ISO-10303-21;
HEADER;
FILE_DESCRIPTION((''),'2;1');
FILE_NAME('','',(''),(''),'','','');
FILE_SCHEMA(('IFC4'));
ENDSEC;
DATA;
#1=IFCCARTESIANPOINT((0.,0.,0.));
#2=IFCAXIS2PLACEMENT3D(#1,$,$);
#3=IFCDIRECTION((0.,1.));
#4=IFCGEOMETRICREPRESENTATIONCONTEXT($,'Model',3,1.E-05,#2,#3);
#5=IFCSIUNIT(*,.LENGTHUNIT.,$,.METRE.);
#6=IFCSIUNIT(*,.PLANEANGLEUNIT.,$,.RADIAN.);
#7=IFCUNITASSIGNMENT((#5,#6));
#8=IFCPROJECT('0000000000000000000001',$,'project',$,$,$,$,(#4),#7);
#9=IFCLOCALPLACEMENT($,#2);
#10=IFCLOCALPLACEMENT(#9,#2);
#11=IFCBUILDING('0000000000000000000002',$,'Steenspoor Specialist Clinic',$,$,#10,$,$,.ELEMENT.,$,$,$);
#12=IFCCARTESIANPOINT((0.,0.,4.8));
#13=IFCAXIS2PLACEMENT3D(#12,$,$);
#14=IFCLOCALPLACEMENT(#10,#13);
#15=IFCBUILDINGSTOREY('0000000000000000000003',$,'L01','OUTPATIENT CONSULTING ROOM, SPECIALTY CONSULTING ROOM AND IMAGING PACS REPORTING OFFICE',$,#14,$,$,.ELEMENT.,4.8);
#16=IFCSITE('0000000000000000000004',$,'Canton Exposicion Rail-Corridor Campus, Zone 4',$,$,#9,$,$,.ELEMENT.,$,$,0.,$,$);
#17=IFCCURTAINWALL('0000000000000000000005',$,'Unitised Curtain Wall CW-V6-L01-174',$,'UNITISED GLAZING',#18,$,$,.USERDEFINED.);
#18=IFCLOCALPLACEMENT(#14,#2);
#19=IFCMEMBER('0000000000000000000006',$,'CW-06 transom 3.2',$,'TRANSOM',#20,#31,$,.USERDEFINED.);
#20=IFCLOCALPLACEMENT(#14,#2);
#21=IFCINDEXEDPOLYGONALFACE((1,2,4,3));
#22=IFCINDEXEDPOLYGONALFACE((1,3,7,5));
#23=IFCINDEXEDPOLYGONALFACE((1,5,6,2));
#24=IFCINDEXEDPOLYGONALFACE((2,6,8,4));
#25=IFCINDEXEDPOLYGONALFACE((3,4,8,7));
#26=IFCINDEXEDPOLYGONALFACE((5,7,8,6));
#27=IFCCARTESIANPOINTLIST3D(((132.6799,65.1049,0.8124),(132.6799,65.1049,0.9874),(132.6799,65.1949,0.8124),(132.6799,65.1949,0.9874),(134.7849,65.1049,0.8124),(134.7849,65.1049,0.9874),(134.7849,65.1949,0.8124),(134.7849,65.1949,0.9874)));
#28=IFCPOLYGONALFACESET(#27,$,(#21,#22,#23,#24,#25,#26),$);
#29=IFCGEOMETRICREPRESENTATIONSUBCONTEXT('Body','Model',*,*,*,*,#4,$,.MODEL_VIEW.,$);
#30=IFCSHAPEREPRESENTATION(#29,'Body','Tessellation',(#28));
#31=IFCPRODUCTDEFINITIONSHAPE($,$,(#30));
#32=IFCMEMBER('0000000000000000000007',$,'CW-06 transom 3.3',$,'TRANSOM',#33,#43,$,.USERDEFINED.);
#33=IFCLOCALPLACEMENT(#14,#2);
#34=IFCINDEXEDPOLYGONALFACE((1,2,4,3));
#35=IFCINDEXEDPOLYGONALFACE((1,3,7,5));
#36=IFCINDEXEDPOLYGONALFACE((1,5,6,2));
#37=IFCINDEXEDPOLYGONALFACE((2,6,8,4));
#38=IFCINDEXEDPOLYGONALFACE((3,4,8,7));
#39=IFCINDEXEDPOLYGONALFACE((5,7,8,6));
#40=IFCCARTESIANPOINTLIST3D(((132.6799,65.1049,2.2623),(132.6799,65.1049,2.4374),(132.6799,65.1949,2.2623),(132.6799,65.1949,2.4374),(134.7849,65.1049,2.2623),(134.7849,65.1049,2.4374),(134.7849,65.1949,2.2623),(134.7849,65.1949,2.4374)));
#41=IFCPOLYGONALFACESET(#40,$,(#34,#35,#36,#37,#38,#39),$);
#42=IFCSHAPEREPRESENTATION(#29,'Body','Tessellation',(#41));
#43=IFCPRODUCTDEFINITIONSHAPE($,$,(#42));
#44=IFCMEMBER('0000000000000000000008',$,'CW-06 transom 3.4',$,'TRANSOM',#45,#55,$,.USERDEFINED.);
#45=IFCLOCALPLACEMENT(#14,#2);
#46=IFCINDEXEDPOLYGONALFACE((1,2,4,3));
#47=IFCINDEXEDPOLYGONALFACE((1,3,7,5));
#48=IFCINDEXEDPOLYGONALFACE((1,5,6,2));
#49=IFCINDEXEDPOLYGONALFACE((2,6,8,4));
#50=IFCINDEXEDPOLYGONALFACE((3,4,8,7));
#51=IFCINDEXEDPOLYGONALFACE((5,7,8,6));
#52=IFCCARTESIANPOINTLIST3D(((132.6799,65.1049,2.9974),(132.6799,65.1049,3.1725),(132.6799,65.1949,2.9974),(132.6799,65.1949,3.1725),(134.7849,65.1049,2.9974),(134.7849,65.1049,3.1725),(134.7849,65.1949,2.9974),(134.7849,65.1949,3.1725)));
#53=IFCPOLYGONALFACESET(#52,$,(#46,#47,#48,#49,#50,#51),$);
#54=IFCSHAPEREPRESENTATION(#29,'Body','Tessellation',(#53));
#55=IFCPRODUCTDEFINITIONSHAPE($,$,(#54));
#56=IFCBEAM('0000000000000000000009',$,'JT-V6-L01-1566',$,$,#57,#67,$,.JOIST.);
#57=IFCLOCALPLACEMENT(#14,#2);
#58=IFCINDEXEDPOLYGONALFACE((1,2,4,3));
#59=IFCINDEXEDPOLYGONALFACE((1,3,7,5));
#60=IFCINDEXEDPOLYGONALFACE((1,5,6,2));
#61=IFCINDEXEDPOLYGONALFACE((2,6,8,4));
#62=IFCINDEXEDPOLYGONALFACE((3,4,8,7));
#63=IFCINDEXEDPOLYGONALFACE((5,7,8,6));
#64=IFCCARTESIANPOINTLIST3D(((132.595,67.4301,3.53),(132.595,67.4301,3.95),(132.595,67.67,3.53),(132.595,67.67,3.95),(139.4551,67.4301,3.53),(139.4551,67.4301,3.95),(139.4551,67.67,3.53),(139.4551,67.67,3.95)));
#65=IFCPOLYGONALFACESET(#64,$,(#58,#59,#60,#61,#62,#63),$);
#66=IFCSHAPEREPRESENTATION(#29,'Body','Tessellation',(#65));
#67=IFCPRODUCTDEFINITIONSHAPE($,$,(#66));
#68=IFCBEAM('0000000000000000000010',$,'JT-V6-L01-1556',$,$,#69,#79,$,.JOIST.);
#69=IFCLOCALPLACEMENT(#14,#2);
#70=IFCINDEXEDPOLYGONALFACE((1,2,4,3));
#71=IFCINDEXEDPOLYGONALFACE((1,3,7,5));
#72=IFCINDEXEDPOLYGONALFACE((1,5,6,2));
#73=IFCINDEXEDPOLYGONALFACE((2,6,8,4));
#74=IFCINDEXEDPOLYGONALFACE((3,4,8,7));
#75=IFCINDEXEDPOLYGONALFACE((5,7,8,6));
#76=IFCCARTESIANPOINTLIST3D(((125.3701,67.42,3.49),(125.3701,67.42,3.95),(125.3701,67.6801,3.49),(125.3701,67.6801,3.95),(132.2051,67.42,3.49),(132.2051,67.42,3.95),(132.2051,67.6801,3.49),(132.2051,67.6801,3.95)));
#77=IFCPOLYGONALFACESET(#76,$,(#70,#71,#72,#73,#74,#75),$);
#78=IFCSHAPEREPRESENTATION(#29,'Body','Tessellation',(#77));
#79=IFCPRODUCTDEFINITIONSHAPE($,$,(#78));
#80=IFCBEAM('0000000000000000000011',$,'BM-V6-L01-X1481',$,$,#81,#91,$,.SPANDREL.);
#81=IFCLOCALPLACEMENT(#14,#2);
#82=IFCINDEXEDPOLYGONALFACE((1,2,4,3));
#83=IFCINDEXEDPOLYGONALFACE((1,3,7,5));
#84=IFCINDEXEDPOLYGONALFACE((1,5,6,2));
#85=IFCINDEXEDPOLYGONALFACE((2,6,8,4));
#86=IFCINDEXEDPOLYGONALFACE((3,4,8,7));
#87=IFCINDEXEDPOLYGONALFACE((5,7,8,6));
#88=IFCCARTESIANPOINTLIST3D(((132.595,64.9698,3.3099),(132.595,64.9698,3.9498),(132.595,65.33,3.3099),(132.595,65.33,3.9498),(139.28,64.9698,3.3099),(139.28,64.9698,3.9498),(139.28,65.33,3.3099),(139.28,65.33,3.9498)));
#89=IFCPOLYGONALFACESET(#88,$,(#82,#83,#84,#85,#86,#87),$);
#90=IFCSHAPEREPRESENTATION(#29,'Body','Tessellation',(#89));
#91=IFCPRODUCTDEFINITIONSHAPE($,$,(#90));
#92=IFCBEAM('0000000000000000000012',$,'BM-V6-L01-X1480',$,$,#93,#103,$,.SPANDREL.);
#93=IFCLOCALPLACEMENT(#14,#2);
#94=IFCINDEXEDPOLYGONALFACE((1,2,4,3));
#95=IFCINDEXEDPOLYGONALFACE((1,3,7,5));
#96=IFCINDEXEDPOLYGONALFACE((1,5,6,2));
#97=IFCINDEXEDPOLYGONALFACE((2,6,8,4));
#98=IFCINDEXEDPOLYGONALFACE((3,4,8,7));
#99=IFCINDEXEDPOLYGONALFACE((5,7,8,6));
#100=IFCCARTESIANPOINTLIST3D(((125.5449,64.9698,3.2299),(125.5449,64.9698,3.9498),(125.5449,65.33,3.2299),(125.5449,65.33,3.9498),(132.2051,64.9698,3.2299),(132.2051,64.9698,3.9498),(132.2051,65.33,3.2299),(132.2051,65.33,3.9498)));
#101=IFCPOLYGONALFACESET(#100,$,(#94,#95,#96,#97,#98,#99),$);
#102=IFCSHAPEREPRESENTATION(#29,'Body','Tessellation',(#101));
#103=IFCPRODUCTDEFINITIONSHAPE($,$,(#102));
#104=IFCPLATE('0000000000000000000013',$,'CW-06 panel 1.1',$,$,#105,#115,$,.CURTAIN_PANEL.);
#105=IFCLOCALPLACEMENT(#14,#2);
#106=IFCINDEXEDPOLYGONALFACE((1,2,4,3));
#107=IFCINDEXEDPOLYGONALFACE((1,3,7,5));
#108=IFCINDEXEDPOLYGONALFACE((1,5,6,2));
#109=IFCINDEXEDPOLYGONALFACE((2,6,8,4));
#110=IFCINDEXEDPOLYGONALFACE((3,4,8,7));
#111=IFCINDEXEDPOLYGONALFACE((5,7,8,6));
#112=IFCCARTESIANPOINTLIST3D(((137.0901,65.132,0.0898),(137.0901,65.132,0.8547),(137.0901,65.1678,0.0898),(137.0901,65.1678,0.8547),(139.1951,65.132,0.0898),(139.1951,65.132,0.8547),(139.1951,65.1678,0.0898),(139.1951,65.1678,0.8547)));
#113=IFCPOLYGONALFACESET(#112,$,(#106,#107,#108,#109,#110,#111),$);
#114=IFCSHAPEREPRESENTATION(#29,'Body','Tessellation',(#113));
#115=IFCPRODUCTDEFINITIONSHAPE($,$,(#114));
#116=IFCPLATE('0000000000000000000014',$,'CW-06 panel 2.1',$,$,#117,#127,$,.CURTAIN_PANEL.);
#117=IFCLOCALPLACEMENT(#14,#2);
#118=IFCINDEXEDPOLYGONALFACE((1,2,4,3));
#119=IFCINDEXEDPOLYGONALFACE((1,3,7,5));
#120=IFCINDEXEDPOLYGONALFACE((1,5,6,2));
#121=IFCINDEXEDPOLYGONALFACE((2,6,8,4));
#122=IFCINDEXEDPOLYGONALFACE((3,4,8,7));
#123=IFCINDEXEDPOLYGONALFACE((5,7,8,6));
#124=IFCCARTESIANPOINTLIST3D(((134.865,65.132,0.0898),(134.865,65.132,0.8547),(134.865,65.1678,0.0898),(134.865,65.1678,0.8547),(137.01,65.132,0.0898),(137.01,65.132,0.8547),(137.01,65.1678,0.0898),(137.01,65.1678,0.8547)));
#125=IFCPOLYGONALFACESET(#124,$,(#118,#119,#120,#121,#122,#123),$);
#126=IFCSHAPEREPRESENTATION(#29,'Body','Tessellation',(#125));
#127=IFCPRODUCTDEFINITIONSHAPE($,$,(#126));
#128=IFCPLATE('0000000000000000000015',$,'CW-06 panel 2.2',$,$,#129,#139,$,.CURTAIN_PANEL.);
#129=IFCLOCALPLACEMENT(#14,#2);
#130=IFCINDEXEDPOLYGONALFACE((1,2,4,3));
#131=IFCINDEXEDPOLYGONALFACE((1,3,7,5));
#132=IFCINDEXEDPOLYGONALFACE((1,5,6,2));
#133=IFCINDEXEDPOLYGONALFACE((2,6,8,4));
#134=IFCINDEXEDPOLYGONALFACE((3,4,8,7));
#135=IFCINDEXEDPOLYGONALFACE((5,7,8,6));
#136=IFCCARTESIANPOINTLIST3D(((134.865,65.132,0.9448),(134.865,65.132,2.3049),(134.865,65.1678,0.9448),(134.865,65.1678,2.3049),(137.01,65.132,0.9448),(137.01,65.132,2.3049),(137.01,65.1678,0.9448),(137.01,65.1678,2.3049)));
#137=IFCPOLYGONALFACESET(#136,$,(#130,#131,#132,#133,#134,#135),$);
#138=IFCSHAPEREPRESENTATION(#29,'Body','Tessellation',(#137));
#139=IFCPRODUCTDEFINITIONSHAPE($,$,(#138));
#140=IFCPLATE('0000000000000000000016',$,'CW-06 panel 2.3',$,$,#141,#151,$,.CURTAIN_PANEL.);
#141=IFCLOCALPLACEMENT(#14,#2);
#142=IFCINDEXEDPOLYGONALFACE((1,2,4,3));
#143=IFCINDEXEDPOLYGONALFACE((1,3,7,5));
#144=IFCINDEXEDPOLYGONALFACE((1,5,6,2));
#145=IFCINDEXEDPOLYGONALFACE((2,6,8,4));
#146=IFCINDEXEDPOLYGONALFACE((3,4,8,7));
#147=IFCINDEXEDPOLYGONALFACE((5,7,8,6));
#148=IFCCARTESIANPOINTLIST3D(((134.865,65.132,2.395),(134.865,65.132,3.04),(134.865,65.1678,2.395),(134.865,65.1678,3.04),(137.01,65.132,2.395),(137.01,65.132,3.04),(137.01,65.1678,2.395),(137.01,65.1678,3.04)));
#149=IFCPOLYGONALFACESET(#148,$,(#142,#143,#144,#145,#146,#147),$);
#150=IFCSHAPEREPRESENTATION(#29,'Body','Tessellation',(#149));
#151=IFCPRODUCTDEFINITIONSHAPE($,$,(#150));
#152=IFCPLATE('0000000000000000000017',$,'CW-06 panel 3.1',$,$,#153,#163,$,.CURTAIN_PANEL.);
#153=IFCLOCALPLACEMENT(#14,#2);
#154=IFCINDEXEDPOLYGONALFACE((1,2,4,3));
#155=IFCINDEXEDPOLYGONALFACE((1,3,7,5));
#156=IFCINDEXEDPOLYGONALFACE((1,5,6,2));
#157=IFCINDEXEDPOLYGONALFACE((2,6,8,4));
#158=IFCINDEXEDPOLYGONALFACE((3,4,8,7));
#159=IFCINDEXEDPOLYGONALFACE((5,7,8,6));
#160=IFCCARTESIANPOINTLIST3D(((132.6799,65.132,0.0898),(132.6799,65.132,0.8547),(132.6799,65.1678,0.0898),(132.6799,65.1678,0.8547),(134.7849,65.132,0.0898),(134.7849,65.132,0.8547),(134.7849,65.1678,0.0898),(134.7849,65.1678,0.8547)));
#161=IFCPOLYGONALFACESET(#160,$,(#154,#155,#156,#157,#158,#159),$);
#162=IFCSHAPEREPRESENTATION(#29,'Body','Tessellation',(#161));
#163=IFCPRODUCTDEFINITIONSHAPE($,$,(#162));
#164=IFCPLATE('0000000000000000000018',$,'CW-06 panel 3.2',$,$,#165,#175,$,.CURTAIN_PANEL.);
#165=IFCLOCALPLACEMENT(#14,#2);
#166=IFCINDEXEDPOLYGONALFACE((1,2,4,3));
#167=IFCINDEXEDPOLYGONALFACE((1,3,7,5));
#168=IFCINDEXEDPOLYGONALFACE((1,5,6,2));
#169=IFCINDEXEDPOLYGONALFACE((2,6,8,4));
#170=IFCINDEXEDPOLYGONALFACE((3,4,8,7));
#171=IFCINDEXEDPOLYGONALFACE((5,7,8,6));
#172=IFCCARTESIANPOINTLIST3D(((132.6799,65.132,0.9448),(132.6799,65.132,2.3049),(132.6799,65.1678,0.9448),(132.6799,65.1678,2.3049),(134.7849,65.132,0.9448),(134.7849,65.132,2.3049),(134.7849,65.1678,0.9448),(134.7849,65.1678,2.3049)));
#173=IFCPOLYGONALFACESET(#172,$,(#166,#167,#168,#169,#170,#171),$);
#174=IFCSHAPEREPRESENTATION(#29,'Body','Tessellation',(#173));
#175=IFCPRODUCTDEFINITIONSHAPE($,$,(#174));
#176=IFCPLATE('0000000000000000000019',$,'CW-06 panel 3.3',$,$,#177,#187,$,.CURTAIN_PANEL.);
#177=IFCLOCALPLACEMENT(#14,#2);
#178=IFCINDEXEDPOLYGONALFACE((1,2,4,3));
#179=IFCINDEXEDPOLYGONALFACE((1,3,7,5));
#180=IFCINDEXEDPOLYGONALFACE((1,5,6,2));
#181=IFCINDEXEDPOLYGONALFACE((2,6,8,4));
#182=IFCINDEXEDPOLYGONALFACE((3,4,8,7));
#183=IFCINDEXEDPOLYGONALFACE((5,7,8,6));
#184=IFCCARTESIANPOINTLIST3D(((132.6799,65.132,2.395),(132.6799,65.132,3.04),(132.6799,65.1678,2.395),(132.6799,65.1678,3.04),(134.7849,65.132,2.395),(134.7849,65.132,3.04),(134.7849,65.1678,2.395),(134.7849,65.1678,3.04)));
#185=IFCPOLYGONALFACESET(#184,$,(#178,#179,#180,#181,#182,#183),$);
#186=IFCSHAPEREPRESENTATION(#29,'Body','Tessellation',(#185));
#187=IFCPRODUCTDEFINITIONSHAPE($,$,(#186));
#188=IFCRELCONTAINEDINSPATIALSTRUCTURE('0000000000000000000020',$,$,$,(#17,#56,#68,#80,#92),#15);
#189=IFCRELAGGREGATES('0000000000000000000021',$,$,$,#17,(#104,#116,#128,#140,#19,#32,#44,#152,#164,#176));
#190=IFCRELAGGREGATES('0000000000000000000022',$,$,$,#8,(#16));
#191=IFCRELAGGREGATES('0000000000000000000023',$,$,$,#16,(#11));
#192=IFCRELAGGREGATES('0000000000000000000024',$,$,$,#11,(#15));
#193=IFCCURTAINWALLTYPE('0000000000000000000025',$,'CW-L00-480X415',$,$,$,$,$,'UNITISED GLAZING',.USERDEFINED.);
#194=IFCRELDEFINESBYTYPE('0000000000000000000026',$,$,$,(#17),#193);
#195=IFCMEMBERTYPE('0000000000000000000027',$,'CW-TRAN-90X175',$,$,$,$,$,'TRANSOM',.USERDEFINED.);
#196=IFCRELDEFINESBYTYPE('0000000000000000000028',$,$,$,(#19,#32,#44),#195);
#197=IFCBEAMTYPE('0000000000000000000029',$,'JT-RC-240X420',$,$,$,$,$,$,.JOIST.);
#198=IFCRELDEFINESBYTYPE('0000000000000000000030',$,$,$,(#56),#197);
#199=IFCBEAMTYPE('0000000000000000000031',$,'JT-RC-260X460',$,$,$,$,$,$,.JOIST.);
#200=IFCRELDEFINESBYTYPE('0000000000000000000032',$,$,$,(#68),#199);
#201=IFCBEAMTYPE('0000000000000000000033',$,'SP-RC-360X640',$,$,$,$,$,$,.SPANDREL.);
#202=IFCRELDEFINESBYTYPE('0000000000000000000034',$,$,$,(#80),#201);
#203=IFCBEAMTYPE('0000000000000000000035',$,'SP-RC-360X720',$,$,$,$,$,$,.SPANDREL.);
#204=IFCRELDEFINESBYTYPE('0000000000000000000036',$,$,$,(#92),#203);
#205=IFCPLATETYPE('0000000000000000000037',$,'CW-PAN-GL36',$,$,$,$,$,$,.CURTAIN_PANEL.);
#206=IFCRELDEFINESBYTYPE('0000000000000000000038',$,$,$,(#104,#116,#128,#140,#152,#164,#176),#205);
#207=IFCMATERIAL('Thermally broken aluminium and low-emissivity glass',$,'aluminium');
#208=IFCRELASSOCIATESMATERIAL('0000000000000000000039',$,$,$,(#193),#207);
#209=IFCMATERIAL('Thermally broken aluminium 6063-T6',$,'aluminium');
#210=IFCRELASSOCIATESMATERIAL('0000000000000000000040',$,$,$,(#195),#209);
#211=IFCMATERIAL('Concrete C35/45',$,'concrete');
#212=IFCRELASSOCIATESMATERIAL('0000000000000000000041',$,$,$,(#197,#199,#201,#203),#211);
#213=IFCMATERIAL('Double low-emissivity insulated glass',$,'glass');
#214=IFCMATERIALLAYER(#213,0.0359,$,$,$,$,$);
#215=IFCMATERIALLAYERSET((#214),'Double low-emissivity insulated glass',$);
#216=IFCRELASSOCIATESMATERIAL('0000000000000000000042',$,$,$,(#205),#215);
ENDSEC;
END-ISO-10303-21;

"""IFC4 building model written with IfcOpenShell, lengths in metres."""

from ifc_helpers import new_model, si_unit, direction, frame, origin, origin_2d, place, context, subcontext, project, spatial, rectangle, extrude, material, layer, layer_set, material_profile, profile_set, type_object, element, aggregate, save


model = new_model("IFC4")

# Units and contexts
model_context = context("Model", 3, precision=1e-05, world=origin(), true_north=direction((0.0, 1.0)))
body_context = subcontext(model_context, "Body", "Model", "MODEL_VIEW")
ifc_project = project(units=[si_unit("LENGTHUNIT", "METRE"), si_unit("PLANEANGLEUNIT", "RADIAN")], contexts=[model_context])

# Site, building, storey
site_placement = place(None, origin())
site = spatial("IfcSite", under=ifc_project, at=site_placement, Name="Canton Exposicion Rail-Corridor Campus, Zone 4", CompositionType="ELEMENT", RefElevation=0.0)
building_placement = place(site_placement, origin())
building = spatial("IfcBuilding", under=site, at=building_placement, Name="Steenspoor Specialist Clinic", CompositionType="ELEMENT")
storey_placement = place(building_placement, frame((0.0, 0.0, 4.8)))
storey = spatial("IfcBuildingStorey", under=building, at=storey_placement, Name="L01", Description="OUTPATIENT CONSULTING ROOM, SPECIALTY CONSULTING ROOM AND IMAGING PACS REPORTING OFFICE", CompositionType="ELEMENT", Elevation=4.8)

# Shared definitions
ifc_material_1 = material(Name="Concrete C35/45", Category="concrete")

# Curtain wall, members
ifc_material_2 = material(Name="Thermally broken aluminium and low-emissivity glass", Category="aluminium")
curtain_wall_type = type_object("IfcCurtainWallType", Name="CW-L00-480X415", ElementType="UNITISED GLAZING", PredefinedType="USERDEFINED", material=ifc_material_2)
curtain_wall_placement = place(storey_placement, origin())
curtain_wall = element("IfcCurtainWall", 1, at=curtain_wall_placement, inside=storey, type_object=curtain_wall_type, Name="Unitised Curtain Wall CW-V6-L01-174", ObjectType="UNITISED GLAZING", PredefinedType="USERDEFINED")
ifc_material_3 = material(Name="Thermally broken aluminium 6063-T6", Category="aluminium")
ifc_material_profile_1 = material_profile(ifc_material_3, rectangle(XDim=0.0901, YDim=0.175, at=origin_2d()), Name="CWT-90X175")
ifc_profile_set_1 = profile_set([ifc_material_profile_1], Name="Thermally broken aluminium 6063-T6")
member_type_1 = type_object("IfcMemberType", Name="CW-TRAN-90X175", ElementType="TRANSOM", PredefinedType="USERDEFINED", material=ifc_profile_set_1)
member_1_placement = place(storey_placement, frame((134.7849, 65.1499, 0.8999), z_axis=(-1.0, 0.0, 0.0), x_axis=(0.0, -1.0, 0.0)))
member_1 = element("IfcMember", 2, at=member_1_placement, type_object=member_type_1, Name="CW-06 transom 3.2", ObjectType="TRANSOM", PredefinedType="USERDEFINED", context=body_context, shape_type="SweptSolid", body=[
    extrude(rectangle(XDim=0.0901, YDim=0.175, at=origin_2d()), origin(), (0.0, 0.0, 1.0), 2.105),
])
member_2_placement = place(storey_placement, frame((134.7849, 65.1499, 2.3499), z_axis=(-1.0, 0.0, 0.0), x_axis=(0.0, -1.0, 0.0)))
member_2 = element("IfcMember", 3, at=member_2_placement, type_object=member_type_1, Name="CW-06 transom 3.3", ObjectType="TRANSOM", PredefinedType="USERDEFINED", context=body_context, shape_type="SweptSolid", body=[
    extrude(rectangle(XDim=0.0901, YDim=0.175, at=origin_2d()), origin(), (0.0, 0.0, 1.0), 2.105),
])
member_3_placement = place(storey_placement, frame((134.7849, 65.1499, 3.085), z_axis=(-1.0, 0.0, 0.0), x_axis=(0.0, -1.0, 0.0)))
member_3 = element("IfcMember", 4, at=member_3_placement, type_object=member_type_1, Name="CW-06 transom 3.4", ObjectType="TRANSOM", PredefinedType="USERDEFINED", context=body_context, shape_type="SweptSolid", body=[
    extrude(rectangle(XDim=0.0901, YDim=0.175, at=origin_2d()), origin(), (0.0, 0.0, 1.0), 2.105),
])

# Beams
ifc_material_profile_2 = material_profile(ifc_material_1, rectangle(XDim=0.24, YDim=0.4199, at=origin_2d()), Name="RC-JT-240X420")
ifc_profile_set_2 = profile_set([ifc_material_profile_2], Name="Concrete C35/45")
beam_type_1 = type_object("IfcBeamType", Name="JT-RC-240X420", PredefinedType="JOIST", material=ifc_profile_set_2)
beam_1_placement = place(storey_placement, frame((132.595, 67.55, 3.74), z_axis=(1.0, 0.0, 0.0), x_axis=(0.0, 1.0, 0.0)))
element("IfcBeam", 5, at=beam_1_placement, inside=storey, type_object=beam_type_1, Name="JT-V6-L01-1566", PredefinedType="JOIST", context=body_context, shape_type="SweptSolid", body=[
    extrude(rectangle(XDim=0.24, YDim=0.4199, at=origin_2d()), origin(), (0.0, 0.0, 1.0), 6.8601),
])
ifc_material_profile_3 = material_profile(ifc_material_1, rectangle(XDim=0.26, YDim=0.46, at=origin_2d()), Name="RC-JT-260X460")
ifc_profile_set_3 = profile_set([ifc_material_profile_3], Name="Concrete C35/45")
beam_type_2 = type_object("IfcBeamType", Name="JT-RC-260X460", PredefinedType="JOIST", material=ifc_profile_set_3)
beam_2_placement = place(storey_placement, frame((125.3701, 67.55, 3.72), z_axis=(1.0, 0.0, 0.0), x_axis=(0.0, 1.0, 0.0)))
element("IfcBeam", 6, at=beam_2_placement, inside=storey, type_object=beam_type_2, Name="JT-V6-L01-1556", PredefinedType="JOIST", context=body_context, shape_type="SweptSolid", body=[
    extrude(rectangle(XDim=0.26, YDim=0.46, at=origin_2d()), origin(), (0.0, 0.0, 1.0), 6.835),
])
ifc_material_profile_4 = material_profile(ifc_material_1, rectangle(XDim=0.3601, YDim=0.6399, at=origin_2d()), Name="RC-SP-360X640")
ifc_profile_set_4 = profile_set([ifc_material_profile_4], Name="Concrete C35/45")
beam_type_3 = type_object("IfcBeamType", Name="SP-RC-360X640", PredefinedType="SPANDREL", material=ifc_profile_set_4)
beam_3_placement = place(storey_placement, frame((132.595, 65.1499, 3.6299), z_axis=(1.0, 0.0, 0.0), x_axis=(0.0, 1.0, 0.0)))
element("IfcBeam", 7, at=beam_3_placement, inside=storey, type_object=beam_type_3, Name="BM-V6-L01-X1481", PredefinedType="SPANDREL", context=body_context, shape_type="SweptSolid", body=[
    extrude(rectangle(XDim=0.3601, YDim=0.6399, at=origin_2d()), origin(), (0.0, 0.0, 1.0), 6.6851),
])
ifc_material_profile_5 = material_profile(ifc_material_1, rectangle(XDim=0.3601, YDim=0.72, at=origin_2d()), Name="RC-SP-360X720")
ifc_profile_set_5 = profile_set([ifc_material_profile_5], Name="Concrete C35/45")
beam_type_4 = type_object("IfcBeamType", Name="SP-RC-360X720", PredefinedType="SPANDREL", material=ifc_profile_set_5)
beam_4_placement = place(storey_placement, frame((125.5449, 65.1499, 3.5898), z_axis=(1.0, 0.0, 0.0), x_axis=(0.0, 1.0, 0.0)))
element("IfcBeam", 8, at=beam_4_placement, inside=storey, type_object=beam_type_4, Name="BM-V6-L01-X1480", PredefinedType="SPANDREL", context=body_context, shape_type="SweptSolid", body=[
    extrude(rectangle(XDim=0.3601, YDim=0.72, at=origin_2d()), origin(), (0.0, 0.0, 1.0), 6.6602),
])

# Plates
ifc_material_4 = material(Name="Double low-emissivity insulated glass", Category="glass")
ifc_layer_1 = layer(ifc_material_4, 0.0359)
ifc_layer_set_1 = layer_set([ifc_layer_1], Name="Double low-emissivity insulated glass")
plate_type = type_object("IfcPlateType", Name="CW-PAN-GL36", PredefinedType="CURTAIN_PANEL", material=ifc_layer_set_1)
plate_1_placement = place(storey_placement, frame((138.1426, 65.1499, 0.0898), z_axis=(0.0, 0.0, 1.0), x_axis=(-1.0, 0.0, 0.0)))
plate_1 = element("IfcPlate", 9, at=plate_1_placement, type_object=plate_type, Name="CW-06 panel 1.1", PredefinedType="CURTAIN_PANEL", context=body_context, shape_type="SweptSolid", body=[
    extrude(rectangle(XDim=2.105, YDim=0.0359, at=origin_2d()), origin(), (0.0, 0.0, 1.0), 0.7649),
])
plate_2_placement = place(storey_placement, frame((135.9375, 65.1499, 0.0898), z_axis=(0.0, 0.0, 1.0), x_axis=(-1.0, 0.0, 0.0)))
plate_2 = element("IfcPlate", 10, at=plate_2_placement, type_object=plate_type, Name="CW-06 panel 2.1", PredefinedType="CURTAIN_PANEL", context=body_context, shape_type="SweptSolid", body=[
    extrude(rectangle(XDim=2.145, YDim=0.0359, at=origin_2d()), origin(), (0.0, 0.0, 1.0), 0.7649),
])
plate_3_placement = place(storey_placement, frame((135.9375, 65.1499, 0.9448), z_axis=(0.0, 0.0, 1.0), x_axis=(-1.0, 0.0, 0.0)))
plate_3 = element("IfcPlate", 11, at=plate_3_placement, type_object=plate_type, Name="CW-06 panel 2.2", PredefinedType="CURTAIN_PANEL", context=body_context, shape_type="SweptSolid", body=[
    extrude(rectangle(XDim=2.145, YDim=0.0359, at=origin_2d()), origin(), (0.0, 0.0, 1.0), 1.3601),
])
plate_4_placement = place(storey_placement, frame((135.9375, 65.1499, 2.395), z_axis=(0.0, 0.0, 1.0), x_axis=(-1.0, 0.0, 0.0)))
plate_4 = element("IfcPlate", 12, at=plate_4_placement, type_object=plate_type, Name="CW-06 panel 2.3", PredefinedType="CURTAIN_PANEL", context=body_context, shape_type="SweptSolid", body=[
    extrude(rectangle(XDim=2.145, YDim=0.0359, at=origin_2d()), origin(), (0.0, 0.0, 1.0), 0.645),
])
plate_5_placement = place(storey_placement, frame((133.7324, 65.1499, 0.0898), z_axis=(0.0, 0.0, 1.0), x_axis=(-1.0, 0.0, 0.0)))
plate_5 = element("IfcPlate", 13, at=plate_5_placement, type_object=plate_type, Name="CW-06 panel 3.1", PredefinedType="CURTAIN_PANEL", context=body_context, shape_type="SweptSolid", body=[
    extrude(rectangle(XDim=2.105, YDim=0.0359, at=origin_2d()), origin(), (0.0, 0.0, 1.0), 0.7649),
])
plate_6_placement = place(storey_placement, frame((133.7324, 65.1499, 0.9448), z_axis=(0.0, 0.0, 1.0), x_axis=(-1.0, 0.0, 0.0)))
plate_6 = element("IfcPlate", 14, at=plate_6_placement, type_object=plate_type, Name="CW-06 panel 3.2", PredefinedType="CURTAIN_PANEL", context=body_context, shape_type="SweptSolid", body=[
    extrude(rectangle(XDim=2.105, YDim=0.0359, at=origin_2d()), origin(), (0.0, 0.0, 1.0), 1.3601),
])
plate_7_placement = place(storey_placement, frame((133.7324, 65.1499, 2.395), z_axis=(0.0, 0.0, 1.0), x_axis=(-1.0, 0.0, 0.0)))
plate_7 = element("IfcPlate", 15, at=plate_7_placement, type_object=plate_type, Name="CW-06 panel 3.3", PredefinedType="CURTAIN_PANEL", context=body_context, shape_type="SweptSolid", body=[
    extrude(rectangle(XDim=2.105, YDim=0.0359, at=origin_2d()), origin(), (0.0, 0.0, 1.0), 0.645),
])
aggregate(curtain_wall, [plate_1, plate_2, plate_3, plate_4, member_1, member_2, member_3, plate_5, plate_6, plate_7])

save(model, "model.ifc")
